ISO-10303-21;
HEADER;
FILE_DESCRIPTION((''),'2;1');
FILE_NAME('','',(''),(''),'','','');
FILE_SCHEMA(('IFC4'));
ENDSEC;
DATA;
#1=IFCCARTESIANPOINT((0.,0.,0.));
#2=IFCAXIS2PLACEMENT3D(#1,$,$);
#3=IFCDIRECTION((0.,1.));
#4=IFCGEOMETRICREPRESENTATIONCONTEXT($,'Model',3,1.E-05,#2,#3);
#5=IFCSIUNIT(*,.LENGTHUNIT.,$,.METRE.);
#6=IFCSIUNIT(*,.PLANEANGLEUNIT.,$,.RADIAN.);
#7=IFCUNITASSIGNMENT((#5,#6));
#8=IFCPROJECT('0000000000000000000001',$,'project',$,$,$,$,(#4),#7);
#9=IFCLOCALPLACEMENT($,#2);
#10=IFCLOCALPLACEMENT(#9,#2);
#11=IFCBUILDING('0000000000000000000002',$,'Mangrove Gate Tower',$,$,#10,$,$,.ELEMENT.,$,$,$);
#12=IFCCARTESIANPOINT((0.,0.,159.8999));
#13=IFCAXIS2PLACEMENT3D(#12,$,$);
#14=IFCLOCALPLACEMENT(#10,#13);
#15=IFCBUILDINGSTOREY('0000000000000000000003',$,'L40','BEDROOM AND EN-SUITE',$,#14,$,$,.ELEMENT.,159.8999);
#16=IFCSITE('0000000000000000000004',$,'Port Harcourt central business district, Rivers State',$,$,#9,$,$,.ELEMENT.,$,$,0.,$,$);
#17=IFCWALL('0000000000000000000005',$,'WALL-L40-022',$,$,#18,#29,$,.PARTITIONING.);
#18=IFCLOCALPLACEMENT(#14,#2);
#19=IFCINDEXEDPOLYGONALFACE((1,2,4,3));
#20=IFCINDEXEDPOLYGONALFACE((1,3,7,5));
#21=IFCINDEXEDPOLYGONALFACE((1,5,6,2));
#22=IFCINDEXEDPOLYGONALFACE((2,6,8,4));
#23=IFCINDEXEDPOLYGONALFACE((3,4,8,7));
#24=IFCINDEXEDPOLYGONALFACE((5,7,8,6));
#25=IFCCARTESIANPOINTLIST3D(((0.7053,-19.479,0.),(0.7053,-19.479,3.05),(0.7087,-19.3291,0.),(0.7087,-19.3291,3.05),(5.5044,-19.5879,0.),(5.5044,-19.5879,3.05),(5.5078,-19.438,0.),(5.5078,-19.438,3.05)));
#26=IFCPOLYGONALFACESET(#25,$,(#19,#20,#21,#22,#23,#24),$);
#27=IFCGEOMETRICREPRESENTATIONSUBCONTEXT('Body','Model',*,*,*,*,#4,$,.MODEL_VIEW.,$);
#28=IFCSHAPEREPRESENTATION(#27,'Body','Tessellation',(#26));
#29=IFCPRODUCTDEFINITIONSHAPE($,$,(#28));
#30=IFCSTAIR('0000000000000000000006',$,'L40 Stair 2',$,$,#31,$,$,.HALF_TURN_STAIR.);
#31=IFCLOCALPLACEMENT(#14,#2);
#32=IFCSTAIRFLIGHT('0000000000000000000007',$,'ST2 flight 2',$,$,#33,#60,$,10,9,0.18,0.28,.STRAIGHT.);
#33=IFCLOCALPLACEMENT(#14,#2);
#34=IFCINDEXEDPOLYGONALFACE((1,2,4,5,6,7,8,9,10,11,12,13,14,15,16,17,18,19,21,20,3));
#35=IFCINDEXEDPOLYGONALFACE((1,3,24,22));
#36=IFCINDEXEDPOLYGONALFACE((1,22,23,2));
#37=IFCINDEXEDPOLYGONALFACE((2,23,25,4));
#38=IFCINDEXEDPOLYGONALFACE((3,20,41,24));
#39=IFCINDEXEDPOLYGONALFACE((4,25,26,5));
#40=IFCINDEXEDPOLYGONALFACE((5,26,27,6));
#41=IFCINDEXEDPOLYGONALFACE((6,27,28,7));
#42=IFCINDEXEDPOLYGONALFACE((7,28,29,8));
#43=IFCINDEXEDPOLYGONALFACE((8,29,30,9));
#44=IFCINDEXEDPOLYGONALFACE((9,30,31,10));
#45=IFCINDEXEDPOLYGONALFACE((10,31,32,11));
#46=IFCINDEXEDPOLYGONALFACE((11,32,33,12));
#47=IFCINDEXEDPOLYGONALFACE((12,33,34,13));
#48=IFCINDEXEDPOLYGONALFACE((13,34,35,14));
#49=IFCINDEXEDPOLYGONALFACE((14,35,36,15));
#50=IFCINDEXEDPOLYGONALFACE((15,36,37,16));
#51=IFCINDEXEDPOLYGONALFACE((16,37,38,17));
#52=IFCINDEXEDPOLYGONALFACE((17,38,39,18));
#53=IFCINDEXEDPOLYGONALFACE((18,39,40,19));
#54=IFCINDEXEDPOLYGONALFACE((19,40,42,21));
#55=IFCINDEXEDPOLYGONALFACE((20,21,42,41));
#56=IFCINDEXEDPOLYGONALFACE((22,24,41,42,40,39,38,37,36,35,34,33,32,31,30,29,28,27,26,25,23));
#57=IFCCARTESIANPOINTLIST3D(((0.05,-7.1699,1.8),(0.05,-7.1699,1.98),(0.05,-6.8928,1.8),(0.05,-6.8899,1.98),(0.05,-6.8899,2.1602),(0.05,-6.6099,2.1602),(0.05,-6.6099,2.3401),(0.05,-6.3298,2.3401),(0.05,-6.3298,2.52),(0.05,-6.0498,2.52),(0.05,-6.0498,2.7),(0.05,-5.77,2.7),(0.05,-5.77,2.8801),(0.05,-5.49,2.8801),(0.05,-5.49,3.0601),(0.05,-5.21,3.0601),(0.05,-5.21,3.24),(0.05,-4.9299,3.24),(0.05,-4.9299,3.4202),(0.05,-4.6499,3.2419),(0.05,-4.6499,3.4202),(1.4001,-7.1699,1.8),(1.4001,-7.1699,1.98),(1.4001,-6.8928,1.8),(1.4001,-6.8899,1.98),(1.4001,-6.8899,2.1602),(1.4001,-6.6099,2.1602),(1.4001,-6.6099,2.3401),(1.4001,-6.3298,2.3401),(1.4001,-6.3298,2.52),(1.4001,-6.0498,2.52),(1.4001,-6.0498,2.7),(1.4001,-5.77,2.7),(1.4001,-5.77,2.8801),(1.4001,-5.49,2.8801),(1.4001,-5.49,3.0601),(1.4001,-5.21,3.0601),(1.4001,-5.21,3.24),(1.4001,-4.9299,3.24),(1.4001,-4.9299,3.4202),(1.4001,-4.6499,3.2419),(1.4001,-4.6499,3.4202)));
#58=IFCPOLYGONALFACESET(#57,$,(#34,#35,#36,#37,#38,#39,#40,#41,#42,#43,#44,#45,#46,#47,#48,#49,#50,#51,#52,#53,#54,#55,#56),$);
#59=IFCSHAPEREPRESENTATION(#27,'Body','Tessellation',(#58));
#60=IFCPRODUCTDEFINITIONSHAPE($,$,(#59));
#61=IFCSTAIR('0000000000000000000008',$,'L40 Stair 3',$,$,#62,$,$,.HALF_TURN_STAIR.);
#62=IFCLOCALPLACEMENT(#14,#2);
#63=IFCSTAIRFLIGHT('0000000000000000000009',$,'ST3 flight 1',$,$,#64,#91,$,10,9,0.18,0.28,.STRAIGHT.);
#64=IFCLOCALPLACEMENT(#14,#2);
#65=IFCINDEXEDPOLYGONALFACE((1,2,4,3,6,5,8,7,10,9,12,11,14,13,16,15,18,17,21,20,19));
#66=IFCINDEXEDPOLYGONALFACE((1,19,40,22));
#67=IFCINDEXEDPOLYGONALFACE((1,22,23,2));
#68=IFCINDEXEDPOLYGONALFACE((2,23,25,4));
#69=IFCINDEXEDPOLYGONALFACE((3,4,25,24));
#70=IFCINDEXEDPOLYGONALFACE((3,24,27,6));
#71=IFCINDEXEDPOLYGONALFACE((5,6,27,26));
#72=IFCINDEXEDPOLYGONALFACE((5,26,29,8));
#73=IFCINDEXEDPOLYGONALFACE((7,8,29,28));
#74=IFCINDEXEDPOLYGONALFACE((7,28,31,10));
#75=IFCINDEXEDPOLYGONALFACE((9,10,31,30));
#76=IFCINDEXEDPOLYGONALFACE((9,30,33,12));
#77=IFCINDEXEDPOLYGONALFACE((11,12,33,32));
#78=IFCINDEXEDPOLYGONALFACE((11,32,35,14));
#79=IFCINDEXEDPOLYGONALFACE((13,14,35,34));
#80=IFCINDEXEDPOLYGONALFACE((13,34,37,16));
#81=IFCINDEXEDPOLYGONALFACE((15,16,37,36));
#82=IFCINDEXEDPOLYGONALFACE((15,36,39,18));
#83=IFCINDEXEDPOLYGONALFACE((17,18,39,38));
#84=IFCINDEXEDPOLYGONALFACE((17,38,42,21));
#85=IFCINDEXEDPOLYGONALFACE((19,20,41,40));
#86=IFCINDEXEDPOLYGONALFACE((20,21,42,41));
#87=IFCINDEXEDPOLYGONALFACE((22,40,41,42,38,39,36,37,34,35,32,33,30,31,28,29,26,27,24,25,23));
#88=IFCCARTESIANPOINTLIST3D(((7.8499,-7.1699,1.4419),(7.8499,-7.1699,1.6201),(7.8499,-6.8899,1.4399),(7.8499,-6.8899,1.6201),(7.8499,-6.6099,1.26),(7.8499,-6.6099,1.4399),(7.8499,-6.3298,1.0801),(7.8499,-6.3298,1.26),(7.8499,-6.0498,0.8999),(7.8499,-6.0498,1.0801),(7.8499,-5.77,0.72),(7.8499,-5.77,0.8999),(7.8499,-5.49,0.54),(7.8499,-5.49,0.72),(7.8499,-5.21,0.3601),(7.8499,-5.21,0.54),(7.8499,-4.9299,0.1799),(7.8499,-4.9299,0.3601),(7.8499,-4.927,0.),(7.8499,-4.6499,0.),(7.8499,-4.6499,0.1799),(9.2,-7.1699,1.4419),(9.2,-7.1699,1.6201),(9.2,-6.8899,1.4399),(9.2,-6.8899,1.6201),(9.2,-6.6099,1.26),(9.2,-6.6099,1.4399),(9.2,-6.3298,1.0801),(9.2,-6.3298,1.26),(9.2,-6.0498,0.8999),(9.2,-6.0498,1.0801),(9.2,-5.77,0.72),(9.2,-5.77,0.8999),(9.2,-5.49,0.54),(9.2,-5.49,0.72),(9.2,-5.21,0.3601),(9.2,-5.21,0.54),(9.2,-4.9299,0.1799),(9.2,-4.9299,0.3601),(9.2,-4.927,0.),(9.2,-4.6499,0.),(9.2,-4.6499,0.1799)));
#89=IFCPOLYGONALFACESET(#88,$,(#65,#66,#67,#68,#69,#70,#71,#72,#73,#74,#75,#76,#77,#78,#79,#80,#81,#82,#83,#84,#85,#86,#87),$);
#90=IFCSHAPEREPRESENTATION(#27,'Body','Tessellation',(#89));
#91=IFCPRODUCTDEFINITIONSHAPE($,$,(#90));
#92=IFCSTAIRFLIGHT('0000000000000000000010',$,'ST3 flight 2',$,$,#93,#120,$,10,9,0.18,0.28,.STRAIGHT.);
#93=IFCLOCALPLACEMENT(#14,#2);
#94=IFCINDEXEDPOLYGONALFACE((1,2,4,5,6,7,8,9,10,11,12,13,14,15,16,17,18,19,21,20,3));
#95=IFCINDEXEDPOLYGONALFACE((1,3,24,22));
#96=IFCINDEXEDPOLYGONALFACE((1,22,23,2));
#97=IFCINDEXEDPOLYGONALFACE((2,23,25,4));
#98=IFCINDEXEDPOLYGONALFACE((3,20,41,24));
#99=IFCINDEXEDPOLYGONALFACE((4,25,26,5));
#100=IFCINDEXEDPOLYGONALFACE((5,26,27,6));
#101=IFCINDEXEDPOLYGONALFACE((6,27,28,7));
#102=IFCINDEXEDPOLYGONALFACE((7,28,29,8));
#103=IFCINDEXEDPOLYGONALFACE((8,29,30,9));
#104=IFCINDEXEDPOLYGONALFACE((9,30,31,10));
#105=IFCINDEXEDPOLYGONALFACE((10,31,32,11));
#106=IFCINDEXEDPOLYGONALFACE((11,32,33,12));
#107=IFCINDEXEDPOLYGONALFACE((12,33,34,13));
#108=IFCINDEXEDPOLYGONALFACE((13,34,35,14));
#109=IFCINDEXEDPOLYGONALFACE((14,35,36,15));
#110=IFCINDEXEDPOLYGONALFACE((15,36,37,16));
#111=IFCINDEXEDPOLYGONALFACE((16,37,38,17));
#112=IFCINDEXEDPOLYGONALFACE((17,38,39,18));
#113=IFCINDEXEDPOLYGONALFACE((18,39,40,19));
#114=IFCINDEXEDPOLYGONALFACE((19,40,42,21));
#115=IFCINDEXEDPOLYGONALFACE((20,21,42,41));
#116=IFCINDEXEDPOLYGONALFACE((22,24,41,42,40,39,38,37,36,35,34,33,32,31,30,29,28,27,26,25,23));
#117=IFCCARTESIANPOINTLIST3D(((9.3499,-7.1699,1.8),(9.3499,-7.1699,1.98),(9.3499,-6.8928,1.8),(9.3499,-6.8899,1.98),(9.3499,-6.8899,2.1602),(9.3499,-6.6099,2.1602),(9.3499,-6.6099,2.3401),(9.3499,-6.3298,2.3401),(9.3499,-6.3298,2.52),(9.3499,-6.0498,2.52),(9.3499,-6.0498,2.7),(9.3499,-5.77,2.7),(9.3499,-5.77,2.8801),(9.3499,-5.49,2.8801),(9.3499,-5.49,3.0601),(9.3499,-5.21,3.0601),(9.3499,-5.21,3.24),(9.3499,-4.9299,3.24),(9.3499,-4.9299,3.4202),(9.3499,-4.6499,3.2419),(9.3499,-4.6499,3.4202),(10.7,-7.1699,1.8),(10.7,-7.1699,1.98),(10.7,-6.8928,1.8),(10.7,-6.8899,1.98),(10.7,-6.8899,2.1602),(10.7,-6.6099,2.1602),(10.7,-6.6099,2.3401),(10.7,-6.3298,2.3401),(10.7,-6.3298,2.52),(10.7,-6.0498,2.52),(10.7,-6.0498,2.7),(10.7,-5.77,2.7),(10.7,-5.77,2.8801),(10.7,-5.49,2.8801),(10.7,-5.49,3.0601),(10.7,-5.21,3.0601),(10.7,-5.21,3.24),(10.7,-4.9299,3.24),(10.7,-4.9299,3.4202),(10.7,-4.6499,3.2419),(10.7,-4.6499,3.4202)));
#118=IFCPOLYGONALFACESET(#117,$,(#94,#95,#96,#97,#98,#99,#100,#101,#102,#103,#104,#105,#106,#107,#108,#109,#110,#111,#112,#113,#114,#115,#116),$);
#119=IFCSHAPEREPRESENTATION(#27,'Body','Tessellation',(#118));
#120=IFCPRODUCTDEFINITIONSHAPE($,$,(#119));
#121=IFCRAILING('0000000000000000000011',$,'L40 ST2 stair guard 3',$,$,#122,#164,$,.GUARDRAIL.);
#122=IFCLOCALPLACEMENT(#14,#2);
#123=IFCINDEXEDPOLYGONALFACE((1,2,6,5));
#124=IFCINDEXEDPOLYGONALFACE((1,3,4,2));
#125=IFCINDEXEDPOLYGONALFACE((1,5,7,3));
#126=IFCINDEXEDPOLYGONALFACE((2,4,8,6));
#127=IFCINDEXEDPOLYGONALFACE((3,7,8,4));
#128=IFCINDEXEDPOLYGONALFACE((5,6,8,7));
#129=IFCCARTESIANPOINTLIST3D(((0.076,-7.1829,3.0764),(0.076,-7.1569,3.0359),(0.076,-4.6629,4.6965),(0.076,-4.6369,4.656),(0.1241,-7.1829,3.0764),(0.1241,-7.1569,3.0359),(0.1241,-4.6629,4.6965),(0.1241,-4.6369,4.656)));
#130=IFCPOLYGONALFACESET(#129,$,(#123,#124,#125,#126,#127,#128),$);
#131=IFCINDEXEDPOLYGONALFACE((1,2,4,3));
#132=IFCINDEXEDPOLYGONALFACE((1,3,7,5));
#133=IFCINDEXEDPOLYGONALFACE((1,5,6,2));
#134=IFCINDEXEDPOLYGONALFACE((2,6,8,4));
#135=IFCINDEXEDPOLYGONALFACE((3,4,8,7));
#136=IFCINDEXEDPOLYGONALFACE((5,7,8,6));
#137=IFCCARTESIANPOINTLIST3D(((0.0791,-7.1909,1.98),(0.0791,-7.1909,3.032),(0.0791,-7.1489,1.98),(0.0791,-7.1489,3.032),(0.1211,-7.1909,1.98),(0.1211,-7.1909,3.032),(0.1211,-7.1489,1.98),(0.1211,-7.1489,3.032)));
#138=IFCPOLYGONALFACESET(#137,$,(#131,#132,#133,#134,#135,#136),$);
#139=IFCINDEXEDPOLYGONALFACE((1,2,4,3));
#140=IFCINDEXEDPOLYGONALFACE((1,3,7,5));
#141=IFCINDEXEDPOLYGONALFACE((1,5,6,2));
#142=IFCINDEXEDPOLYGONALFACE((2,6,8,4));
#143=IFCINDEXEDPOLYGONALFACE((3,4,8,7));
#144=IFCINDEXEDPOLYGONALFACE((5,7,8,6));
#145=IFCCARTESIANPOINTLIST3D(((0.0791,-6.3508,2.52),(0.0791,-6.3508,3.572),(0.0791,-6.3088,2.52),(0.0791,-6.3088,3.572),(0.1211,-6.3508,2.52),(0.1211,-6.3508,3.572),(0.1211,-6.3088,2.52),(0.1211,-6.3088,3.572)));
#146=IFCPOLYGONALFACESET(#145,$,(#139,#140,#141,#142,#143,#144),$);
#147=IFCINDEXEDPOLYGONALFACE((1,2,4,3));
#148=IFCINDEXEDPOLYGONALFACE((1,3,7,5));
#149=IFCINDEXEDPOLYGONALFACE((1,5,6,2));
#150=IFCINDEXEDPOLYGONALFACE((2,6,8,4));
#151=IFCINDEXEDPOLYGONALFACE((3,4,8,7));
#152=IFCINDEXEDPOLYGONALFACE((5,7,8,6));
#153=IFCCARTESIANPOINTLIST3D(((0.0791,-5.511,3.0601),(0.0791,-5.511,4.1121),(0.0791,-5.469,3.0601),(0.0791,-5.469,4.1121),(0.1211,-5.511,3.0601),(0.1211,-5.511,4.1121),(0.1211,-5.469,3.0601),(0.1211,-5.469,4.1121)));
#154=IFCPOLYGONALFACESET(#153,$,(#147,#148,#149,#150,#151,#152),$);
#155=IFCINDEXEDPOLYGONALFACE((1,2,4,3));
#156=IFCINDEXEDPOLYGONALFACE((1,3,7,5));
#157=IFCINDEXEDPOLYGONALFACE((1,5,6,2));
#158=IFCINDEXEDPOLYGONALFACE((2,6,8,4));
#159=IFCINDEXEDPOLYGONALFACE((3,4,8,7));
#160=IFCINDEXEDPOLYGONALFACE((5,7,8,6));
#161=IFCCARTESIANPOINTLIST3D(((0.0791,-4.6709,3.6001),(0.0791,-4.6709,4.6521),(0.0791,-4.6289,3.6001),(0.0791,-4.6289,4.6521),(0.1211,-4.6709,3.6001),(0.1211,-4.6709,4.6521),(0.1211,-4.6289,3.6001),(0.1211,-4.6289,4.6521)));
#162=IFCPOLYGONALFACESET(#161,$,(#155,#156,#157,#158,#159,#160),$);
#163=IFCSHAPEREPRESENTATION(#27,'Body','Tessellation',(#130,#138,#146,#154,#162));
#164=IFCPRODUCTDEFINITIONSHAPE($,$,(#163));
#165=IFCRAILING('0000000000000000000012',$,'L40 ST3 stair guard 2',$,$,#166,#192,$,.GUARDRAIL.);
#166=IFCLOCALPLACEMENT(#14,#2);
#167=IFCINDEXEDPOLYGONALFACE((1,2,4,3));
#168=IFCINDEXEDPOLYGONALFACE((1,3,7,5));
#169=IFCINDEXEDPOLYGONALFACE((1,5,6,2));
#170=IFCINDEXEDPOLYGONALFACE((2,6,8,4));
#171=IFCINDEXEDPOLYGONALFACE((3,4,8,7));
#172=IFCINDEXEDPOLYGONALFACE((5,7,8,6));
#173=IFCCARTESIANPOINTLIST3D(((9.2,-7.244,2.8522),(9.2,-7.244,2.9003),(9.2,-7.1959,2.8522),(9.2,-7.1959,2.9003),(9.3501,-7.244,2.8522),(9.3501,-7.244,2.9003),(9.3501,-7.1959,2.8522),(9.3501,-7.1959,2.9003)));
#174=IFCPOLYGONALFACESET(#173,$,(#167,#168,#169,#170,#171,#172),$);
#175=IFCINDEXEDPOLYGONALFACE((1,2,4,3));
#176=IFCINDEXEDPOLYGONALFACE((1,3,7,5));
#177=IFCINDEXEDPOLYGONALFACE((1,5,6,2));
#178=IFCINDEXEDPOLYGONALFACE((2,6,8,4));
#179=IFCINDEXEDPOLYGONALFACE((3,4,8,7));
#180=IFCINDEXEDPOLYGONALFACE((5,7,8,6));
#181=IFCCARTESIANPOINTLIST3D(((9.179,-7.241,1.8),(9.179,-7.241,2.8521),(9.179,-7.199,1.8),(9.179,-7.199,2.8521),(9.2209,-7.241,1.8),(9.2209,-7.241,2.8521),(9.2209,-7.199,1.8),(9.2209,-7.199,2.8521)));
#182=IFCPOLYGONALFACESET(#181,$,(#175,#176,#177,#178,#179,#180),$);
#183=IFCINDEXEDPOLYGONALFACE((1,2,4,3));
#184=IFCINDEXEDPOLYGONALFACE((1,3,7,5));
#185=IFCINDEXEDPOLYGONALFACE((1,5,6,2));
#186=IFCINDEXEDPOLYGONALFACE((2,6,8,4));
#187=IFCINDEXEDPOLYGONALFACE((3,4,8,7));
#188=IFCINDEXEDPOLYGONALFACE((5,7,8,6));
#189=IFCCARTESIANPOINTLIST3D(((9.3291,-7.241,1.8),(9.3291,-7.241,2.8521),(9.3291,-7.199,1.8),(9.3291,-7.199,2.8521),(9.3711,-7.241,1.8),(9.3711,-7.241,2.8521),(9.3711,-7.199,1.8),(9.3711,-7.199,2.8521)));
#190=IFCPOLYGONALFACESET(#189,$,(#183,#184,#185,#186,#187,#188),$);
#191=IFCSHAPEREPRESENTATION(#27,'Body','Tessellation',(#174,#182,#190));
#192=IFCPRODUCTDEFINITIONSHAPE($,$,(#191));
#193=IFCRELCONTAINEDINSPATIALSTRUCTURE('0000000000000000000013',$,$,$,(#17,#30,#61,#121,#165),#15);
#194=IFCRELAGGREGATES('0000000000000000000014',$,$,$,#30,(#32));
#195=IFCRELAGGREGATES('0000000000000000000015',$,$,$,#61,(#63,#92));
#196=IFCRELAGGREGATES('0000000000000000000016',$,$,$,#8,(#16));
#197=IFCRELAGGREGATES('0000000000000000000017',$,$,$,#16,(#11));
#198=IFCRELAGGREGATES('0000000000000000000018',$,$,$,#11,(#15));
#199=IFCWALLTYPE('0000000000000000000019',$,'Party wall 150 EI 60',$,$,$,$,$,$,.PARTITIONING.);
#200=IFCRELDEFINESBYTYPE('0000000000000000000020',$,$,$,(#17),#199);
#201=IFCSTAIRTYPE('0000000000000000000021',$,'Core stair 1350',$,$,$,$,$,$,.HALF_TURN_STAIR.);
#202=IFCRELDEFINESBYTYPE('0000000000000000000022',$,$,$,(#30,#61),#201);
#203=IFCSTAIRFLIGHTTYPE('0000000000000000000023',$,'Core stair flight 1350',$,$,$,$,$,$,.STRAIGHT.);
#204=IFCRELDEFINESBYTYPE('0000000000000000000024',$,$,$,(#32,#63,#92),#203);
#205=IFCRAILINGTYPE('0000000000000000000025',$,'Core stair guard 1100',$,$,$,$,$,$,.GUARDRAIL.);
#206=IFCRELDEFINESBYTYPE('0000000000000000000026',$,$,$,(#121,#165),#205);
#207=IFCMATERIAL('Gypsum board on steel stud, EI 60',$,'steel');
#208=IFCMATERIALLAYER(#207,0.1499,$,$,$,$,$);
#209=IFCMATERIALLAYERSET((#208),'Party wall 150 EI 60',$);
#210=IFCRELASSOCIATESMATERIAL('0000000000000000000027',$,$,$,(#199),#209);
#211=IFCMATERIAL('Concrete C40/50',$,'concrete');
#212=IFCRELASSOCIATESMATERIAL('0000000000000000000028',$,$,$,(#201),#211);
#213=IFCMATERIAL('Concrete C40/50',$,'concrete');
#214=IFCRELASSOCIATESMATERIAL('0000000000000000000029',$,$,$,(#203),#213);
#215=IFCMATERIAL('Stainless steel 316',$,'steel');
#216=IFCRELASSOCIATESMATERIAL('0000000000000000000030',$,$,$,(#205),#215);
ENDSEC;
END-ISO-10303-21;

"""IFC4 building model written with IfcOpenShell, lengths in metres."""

from ifc_helpers import new_model, si_unit, direction, frame, frame_2d, origin, origin_2d, place, context, subcontext, project, spatial, polyline, rectangle, outline, extrude, material, layer, layer_set, type_object, element, aggregate, save


model = new_model("IFC4")

# Units and contexts
model_context = context("Model", 3, precision=1e-05, world=origin(), true_north=direction((0.0, 1.0)))
body_context = subcontext(model_context, "Body", "Model", "MODEL_VIEW")
ifc_project = project(units=[si_unit("LENGTHUNIT", "METRE"), si_unit("PLANEANGLEUNIT", "RADIAN")], contexts=[model_context])

# Site, building, storey
site_placement = place(None, origin())
site = spatial("IfcSite", under=ifc_project, at=site_placement, Name="Port Harcourt central business district, Rivers State", CompositionType="ELEMENT", RefElevation=0.0)
building_placement = place(site_placement, origin())
building = spatial("IfcBuilding", under=site, at=building_placement, Name="Mangrove Gate Tower", CompositionType="ELEMENT")
storey_placement = place(building_placement, frame((0.0, 0.0, 159.8999)))
storey = spatial("IfcBuildingStorey", under=building, at=storey_placement, Name="L40", Description="BEDROOM AND EN-SUITE", CompositionType="ELEMENT", Elevation=159.8999)

# Wall
ifc_material_1 = material(Name="Gypsum board on steel stud, EI 60", Category="steel")
ifc_layer_1 = layer(ifc_material_1, 0.1499)
ifc_layer_set_1 = layer_set([ifc_layer_1], Name="Party wall 150 EI 60")
wall_type_1 = type_object("IfcWallType", Name="Party wall 150 EI 60", PredefinedType="PARTITIONING", material=ifc_layer_set_1)
wall_1_placement = place(storey_placement, frame((0.707, -19.4041, 0.0), z_axis=(0.0, 0.0, 1.0), x_axis=(0.999743, -0.022683, 0.0)))
element("IfcWall", 1, at=wall_1_placement, inside=storey, type_object=wall_type_1, Name="WALL-L40-022", PredefinedType="PARTITIONING", context=body_context, shape_type="SweptSolid", body=[
    extrude(rectangle(XDim=4.8003, YDim=0.1499, at=frame_2d((2.4001, 0.0))), origin(), (0.0, 0.0, 1.0), 3.05),
])

# Stair, stair flight
ifc_material_2 = material(Name="Concrete C40/50", Category="concrete")
stair_type = type_object("IfcStairType", Name="Core stair 1350", PredefinedType="HALF_TURN_STAIR", material=ifc_material_2)
stair_1_placement = place(storey_placement, origin())
stair_1 = element("IfcStair", 2, at=stair_1_placement, inside=storey, type_object=stair_type, Name="L40 Stair 2", PredefinedType="HALF_TURN_STAIR")
ifc_material_3 = material(Name="Concrete C40/50", Category="concrete")
stair_flight_type = type_object("IfcStairFlightType", Name="Core stair flight 1350", PredefinedType="STRAIGHT", material=ifc_material_3)
stair_flight_1_placement = place(storey_placement, frame((0.7251, -7.1699, 1.8), z_axis=(0.0, 0.0, 1.0), x_axis=(0.0, 1.0, 0.0)))
stair_flight_1 = element("IfcStairFlight", 3, at=stair_flight_1_placement, type_object=stair_flight_type, Name="ST2 flight 2", NumberOfRisers=10, NumberOfTreads=9, PredefinedType="STRAIGHT", RiserHeight=0.18, TreadLength=0.28, context=body_context, shape_type="SweptSolid", body=[
    extrude(outline(polyline([(0.0, 0.0), (0.0, 0.1799), (0.28, 0.1799), (0.28, 0.3601), (0.5601, 0.3601), (0.5601, 0.54), (0.8401, 0.54), (0.8401, 0.72), (1.1201, 0.72), (1.1201, 0.8999), (1.3999, 0.8999), (1.3999, 1.0801), (1.6799, 1.0801), (1.6799, 1.26), (1.96, 1.26), (1.96, 1.4399), (2.24, 1.4399), (2.24, 1.6201), (2.52, 1.6201), (2.52, 1.8), (2.52, 1.4419), (0.2771, 0.0), (0.0, 0.0)])), frame((0.0, 0.675, 0.0), z_axis=(0.0, -1.0, 0.0), x_axis=(1.0, 0.0, 0.0)), (0.0, 0.0, 1.0), 1.3501),
])
aggregate(stair_1, [stair_flight_1])

# Stair, stair flights
stair_2_placement = place(storey_placement, origin())
stair_2 = element("IfcStair", 4, at=stair_2_placement, inside=storey, type_object=stair_type, Name="L40 Stair 3", PredefinedType="HALF_TURN_STAIR")
stair_flight_2_placement = place(storey_placement, frame((8.5249, -4.6499, 0.0), z_axis=(0.0, 0.0, 1.0), x_axis=(0.0, -1.0, 0.0)))
stair_flight_2 = element("IfcStairFlight", 5, at=stair_flight_2_placement, type_object=stair_flight_type, Name="ST3 flight 1", NumberOfRisers=10, NumberOfTreads=9, PredefinedType="STRAIGHT", RiserHeight=0.18, TreadLength=0.28, context=body_context, shape_type="SweptSolid", body=[
    extrude(outline(polyline([(0.0, 0.0), (0.0, 0.1799), (0.28, 0.1799), (0.28, 0.3601), (0.5601, 0.3601), (0.5601, 0.54), (0.8401, 0.54), (0.8401, 0.72), (1.1201, 0.72), (1.1201, 0.8999), (1.3999, 0.8999), (1.3999, 1.0801), (1.6799, 1.0801), (1.6799, 1.26), (1.96, 1.26), (1.96, 1.4399), (2.24, 1.4399), (2.24, 1.6201), (2.52, 1.6201), (2.52, 1.8), (2.52, 1.4419), (0.2771, 0.0), (0.0, 0.0)])), frame((0.0, 0.675, 0.0), z_axis=(0.0, -1.0, 0.0), x_axis=(1.0, 0.0, 0.0)), (0.0, 0.0, 1.0), 1.3501),
])
stair_flight_3_placement = place(storey_placement, frame((10.0249, -7.1699, 1.8), z_axis=(0.0, 0.0, 1.0), x_axis=(0.0, 1.0, 0.0)))
stair_flight_3 = element("IfcStairFlight", 6, at=stair_flight_3_placement, type_object=stair_flight_type, Name="ST3 flight 2", NumberOfRisers=10, NumberOfTreads=9, PredefinedType="STRAIGHT", RiserHeight=0.18, TreadLength=0.28, context=body_context, shape_type="SweptSolid", body=[
    extrude(outline(polyline([(0.0, 0.0), (0.0, 0.1799), (0.28, 0.1799), (0.28, 0.3601), (0.5601, 0.3601), (0.5601, 0.54), (0.8401, 0.54), (0.8401, 0.72), (1.1201, 0.72), (1.1201, 0.8999), (1.3999, 0.8999), (1.3999, 1.0801), (1.6799, 1.0801), (1.6799, 1.26), (1.96, 1.26), (1.96, 1.4399), (2.24, 1.4399), (2.24, 1.6201), (2.52, 1.6201), (2.52, 1.8), (2.52, 1.4419), (0.2771, 0.0), (0.0, 0.0)])), frame((0.0, 0.675, 0.0), z_axis=(0.0, -1.0, 0.0), x_axis=(1.0, 0.0, 0.0)), (0.0, 0.0, 1.0), 1.3501),
])
aggregate(stair_2, [stair_flight_2, stair_flight_3])

# Railings
ifc_material_4 = material(Name="Stainless steel 316", Category="steel")
railing_type_1 = type_object("IfcRailingType", Name="Core stair guard 1100", PredefinedType="GUARDRAIL", material=ifc_material_4)
railing_1_placement = place(storey_placement, frame((0.1001, -7.1699, 1.98)))
element("IfcRailing", 7, at=railing_1_placement, inside=storey, type_object=railing_type_1, Name="L40 ST2 stair guard 3", PredefinedType="GUARDRAIL", context=body_context, shape_type="SweptSolid", body=[
    extrude(rectangle(XDim=0.0481, YDim=0.0481, at=origin_2d()), frame((0.0, 0.0, 1.0762), z_axis=(0.0, 0.841163, 0.540782), x_axis=(-1.0, 0.0, 0.0)), (0.0, 0.0, 1.0), 2.9958),
    extrude(rectangle(XDim=0.042, YDim=0.042, at=origin_2d()), origin(), (0.0, 0.0, 1.0), 1.052),
    extrude(rectangle(XDim=0.042, YDim=0.042, at=origin_2d()), frame((0.0, 0.8401, 0.54)), (0.0, 0.0, 1.0), 1.052),
    extrude(rectangle(XDim=0.042, YDim=0.042, at=origin_2d()), frame((0.0, 1.6799, 1.0801)), (0.0, 0.0, 1.0), 1.052),
    extrude(rectangle(XDim=0.042, YDim=0.042, at=origin_2d()), frame((0.0, 2.52, 1.6201)), (0.0, 0.0, 1.0), 1.052),
])
railing_2_placement = place(storey_placement, frame((9.2, -7.22, 1.8)))
element("IfcRailing", 8, at=railing_2_placement, inside=storey, type_object=railing_type_1, Name="L40 ST3 stair guard 2", PredefinedType="GUARDRAIL", context=body_context, shape_type="SweptSolid", body=[
    extrude(rectangle(XDim=0.0481, YDim=0.0481, at=origin_2d()), frame((0.0, 0.0, 1.0762), z_axis=(1.0, 0.0, 0.0), x_axis=(0.0, 1.0, 0.0)), (0.0, 0.0, 1.0), 0.1501),
    extrude(rectangle(XDim=0.042, YDim=0.042, at=origin_2d()), origin(), (0.0, 0.0, 1.0), 1.052),
    extrude(rectangle(XDim=0.042, YDim=0.042, at=origin_2d()), frame((0.1501, 0.0, 0.0)), (0.0, 0.0, 1.0), 1.052),
])

save(model, "model.ifc")
